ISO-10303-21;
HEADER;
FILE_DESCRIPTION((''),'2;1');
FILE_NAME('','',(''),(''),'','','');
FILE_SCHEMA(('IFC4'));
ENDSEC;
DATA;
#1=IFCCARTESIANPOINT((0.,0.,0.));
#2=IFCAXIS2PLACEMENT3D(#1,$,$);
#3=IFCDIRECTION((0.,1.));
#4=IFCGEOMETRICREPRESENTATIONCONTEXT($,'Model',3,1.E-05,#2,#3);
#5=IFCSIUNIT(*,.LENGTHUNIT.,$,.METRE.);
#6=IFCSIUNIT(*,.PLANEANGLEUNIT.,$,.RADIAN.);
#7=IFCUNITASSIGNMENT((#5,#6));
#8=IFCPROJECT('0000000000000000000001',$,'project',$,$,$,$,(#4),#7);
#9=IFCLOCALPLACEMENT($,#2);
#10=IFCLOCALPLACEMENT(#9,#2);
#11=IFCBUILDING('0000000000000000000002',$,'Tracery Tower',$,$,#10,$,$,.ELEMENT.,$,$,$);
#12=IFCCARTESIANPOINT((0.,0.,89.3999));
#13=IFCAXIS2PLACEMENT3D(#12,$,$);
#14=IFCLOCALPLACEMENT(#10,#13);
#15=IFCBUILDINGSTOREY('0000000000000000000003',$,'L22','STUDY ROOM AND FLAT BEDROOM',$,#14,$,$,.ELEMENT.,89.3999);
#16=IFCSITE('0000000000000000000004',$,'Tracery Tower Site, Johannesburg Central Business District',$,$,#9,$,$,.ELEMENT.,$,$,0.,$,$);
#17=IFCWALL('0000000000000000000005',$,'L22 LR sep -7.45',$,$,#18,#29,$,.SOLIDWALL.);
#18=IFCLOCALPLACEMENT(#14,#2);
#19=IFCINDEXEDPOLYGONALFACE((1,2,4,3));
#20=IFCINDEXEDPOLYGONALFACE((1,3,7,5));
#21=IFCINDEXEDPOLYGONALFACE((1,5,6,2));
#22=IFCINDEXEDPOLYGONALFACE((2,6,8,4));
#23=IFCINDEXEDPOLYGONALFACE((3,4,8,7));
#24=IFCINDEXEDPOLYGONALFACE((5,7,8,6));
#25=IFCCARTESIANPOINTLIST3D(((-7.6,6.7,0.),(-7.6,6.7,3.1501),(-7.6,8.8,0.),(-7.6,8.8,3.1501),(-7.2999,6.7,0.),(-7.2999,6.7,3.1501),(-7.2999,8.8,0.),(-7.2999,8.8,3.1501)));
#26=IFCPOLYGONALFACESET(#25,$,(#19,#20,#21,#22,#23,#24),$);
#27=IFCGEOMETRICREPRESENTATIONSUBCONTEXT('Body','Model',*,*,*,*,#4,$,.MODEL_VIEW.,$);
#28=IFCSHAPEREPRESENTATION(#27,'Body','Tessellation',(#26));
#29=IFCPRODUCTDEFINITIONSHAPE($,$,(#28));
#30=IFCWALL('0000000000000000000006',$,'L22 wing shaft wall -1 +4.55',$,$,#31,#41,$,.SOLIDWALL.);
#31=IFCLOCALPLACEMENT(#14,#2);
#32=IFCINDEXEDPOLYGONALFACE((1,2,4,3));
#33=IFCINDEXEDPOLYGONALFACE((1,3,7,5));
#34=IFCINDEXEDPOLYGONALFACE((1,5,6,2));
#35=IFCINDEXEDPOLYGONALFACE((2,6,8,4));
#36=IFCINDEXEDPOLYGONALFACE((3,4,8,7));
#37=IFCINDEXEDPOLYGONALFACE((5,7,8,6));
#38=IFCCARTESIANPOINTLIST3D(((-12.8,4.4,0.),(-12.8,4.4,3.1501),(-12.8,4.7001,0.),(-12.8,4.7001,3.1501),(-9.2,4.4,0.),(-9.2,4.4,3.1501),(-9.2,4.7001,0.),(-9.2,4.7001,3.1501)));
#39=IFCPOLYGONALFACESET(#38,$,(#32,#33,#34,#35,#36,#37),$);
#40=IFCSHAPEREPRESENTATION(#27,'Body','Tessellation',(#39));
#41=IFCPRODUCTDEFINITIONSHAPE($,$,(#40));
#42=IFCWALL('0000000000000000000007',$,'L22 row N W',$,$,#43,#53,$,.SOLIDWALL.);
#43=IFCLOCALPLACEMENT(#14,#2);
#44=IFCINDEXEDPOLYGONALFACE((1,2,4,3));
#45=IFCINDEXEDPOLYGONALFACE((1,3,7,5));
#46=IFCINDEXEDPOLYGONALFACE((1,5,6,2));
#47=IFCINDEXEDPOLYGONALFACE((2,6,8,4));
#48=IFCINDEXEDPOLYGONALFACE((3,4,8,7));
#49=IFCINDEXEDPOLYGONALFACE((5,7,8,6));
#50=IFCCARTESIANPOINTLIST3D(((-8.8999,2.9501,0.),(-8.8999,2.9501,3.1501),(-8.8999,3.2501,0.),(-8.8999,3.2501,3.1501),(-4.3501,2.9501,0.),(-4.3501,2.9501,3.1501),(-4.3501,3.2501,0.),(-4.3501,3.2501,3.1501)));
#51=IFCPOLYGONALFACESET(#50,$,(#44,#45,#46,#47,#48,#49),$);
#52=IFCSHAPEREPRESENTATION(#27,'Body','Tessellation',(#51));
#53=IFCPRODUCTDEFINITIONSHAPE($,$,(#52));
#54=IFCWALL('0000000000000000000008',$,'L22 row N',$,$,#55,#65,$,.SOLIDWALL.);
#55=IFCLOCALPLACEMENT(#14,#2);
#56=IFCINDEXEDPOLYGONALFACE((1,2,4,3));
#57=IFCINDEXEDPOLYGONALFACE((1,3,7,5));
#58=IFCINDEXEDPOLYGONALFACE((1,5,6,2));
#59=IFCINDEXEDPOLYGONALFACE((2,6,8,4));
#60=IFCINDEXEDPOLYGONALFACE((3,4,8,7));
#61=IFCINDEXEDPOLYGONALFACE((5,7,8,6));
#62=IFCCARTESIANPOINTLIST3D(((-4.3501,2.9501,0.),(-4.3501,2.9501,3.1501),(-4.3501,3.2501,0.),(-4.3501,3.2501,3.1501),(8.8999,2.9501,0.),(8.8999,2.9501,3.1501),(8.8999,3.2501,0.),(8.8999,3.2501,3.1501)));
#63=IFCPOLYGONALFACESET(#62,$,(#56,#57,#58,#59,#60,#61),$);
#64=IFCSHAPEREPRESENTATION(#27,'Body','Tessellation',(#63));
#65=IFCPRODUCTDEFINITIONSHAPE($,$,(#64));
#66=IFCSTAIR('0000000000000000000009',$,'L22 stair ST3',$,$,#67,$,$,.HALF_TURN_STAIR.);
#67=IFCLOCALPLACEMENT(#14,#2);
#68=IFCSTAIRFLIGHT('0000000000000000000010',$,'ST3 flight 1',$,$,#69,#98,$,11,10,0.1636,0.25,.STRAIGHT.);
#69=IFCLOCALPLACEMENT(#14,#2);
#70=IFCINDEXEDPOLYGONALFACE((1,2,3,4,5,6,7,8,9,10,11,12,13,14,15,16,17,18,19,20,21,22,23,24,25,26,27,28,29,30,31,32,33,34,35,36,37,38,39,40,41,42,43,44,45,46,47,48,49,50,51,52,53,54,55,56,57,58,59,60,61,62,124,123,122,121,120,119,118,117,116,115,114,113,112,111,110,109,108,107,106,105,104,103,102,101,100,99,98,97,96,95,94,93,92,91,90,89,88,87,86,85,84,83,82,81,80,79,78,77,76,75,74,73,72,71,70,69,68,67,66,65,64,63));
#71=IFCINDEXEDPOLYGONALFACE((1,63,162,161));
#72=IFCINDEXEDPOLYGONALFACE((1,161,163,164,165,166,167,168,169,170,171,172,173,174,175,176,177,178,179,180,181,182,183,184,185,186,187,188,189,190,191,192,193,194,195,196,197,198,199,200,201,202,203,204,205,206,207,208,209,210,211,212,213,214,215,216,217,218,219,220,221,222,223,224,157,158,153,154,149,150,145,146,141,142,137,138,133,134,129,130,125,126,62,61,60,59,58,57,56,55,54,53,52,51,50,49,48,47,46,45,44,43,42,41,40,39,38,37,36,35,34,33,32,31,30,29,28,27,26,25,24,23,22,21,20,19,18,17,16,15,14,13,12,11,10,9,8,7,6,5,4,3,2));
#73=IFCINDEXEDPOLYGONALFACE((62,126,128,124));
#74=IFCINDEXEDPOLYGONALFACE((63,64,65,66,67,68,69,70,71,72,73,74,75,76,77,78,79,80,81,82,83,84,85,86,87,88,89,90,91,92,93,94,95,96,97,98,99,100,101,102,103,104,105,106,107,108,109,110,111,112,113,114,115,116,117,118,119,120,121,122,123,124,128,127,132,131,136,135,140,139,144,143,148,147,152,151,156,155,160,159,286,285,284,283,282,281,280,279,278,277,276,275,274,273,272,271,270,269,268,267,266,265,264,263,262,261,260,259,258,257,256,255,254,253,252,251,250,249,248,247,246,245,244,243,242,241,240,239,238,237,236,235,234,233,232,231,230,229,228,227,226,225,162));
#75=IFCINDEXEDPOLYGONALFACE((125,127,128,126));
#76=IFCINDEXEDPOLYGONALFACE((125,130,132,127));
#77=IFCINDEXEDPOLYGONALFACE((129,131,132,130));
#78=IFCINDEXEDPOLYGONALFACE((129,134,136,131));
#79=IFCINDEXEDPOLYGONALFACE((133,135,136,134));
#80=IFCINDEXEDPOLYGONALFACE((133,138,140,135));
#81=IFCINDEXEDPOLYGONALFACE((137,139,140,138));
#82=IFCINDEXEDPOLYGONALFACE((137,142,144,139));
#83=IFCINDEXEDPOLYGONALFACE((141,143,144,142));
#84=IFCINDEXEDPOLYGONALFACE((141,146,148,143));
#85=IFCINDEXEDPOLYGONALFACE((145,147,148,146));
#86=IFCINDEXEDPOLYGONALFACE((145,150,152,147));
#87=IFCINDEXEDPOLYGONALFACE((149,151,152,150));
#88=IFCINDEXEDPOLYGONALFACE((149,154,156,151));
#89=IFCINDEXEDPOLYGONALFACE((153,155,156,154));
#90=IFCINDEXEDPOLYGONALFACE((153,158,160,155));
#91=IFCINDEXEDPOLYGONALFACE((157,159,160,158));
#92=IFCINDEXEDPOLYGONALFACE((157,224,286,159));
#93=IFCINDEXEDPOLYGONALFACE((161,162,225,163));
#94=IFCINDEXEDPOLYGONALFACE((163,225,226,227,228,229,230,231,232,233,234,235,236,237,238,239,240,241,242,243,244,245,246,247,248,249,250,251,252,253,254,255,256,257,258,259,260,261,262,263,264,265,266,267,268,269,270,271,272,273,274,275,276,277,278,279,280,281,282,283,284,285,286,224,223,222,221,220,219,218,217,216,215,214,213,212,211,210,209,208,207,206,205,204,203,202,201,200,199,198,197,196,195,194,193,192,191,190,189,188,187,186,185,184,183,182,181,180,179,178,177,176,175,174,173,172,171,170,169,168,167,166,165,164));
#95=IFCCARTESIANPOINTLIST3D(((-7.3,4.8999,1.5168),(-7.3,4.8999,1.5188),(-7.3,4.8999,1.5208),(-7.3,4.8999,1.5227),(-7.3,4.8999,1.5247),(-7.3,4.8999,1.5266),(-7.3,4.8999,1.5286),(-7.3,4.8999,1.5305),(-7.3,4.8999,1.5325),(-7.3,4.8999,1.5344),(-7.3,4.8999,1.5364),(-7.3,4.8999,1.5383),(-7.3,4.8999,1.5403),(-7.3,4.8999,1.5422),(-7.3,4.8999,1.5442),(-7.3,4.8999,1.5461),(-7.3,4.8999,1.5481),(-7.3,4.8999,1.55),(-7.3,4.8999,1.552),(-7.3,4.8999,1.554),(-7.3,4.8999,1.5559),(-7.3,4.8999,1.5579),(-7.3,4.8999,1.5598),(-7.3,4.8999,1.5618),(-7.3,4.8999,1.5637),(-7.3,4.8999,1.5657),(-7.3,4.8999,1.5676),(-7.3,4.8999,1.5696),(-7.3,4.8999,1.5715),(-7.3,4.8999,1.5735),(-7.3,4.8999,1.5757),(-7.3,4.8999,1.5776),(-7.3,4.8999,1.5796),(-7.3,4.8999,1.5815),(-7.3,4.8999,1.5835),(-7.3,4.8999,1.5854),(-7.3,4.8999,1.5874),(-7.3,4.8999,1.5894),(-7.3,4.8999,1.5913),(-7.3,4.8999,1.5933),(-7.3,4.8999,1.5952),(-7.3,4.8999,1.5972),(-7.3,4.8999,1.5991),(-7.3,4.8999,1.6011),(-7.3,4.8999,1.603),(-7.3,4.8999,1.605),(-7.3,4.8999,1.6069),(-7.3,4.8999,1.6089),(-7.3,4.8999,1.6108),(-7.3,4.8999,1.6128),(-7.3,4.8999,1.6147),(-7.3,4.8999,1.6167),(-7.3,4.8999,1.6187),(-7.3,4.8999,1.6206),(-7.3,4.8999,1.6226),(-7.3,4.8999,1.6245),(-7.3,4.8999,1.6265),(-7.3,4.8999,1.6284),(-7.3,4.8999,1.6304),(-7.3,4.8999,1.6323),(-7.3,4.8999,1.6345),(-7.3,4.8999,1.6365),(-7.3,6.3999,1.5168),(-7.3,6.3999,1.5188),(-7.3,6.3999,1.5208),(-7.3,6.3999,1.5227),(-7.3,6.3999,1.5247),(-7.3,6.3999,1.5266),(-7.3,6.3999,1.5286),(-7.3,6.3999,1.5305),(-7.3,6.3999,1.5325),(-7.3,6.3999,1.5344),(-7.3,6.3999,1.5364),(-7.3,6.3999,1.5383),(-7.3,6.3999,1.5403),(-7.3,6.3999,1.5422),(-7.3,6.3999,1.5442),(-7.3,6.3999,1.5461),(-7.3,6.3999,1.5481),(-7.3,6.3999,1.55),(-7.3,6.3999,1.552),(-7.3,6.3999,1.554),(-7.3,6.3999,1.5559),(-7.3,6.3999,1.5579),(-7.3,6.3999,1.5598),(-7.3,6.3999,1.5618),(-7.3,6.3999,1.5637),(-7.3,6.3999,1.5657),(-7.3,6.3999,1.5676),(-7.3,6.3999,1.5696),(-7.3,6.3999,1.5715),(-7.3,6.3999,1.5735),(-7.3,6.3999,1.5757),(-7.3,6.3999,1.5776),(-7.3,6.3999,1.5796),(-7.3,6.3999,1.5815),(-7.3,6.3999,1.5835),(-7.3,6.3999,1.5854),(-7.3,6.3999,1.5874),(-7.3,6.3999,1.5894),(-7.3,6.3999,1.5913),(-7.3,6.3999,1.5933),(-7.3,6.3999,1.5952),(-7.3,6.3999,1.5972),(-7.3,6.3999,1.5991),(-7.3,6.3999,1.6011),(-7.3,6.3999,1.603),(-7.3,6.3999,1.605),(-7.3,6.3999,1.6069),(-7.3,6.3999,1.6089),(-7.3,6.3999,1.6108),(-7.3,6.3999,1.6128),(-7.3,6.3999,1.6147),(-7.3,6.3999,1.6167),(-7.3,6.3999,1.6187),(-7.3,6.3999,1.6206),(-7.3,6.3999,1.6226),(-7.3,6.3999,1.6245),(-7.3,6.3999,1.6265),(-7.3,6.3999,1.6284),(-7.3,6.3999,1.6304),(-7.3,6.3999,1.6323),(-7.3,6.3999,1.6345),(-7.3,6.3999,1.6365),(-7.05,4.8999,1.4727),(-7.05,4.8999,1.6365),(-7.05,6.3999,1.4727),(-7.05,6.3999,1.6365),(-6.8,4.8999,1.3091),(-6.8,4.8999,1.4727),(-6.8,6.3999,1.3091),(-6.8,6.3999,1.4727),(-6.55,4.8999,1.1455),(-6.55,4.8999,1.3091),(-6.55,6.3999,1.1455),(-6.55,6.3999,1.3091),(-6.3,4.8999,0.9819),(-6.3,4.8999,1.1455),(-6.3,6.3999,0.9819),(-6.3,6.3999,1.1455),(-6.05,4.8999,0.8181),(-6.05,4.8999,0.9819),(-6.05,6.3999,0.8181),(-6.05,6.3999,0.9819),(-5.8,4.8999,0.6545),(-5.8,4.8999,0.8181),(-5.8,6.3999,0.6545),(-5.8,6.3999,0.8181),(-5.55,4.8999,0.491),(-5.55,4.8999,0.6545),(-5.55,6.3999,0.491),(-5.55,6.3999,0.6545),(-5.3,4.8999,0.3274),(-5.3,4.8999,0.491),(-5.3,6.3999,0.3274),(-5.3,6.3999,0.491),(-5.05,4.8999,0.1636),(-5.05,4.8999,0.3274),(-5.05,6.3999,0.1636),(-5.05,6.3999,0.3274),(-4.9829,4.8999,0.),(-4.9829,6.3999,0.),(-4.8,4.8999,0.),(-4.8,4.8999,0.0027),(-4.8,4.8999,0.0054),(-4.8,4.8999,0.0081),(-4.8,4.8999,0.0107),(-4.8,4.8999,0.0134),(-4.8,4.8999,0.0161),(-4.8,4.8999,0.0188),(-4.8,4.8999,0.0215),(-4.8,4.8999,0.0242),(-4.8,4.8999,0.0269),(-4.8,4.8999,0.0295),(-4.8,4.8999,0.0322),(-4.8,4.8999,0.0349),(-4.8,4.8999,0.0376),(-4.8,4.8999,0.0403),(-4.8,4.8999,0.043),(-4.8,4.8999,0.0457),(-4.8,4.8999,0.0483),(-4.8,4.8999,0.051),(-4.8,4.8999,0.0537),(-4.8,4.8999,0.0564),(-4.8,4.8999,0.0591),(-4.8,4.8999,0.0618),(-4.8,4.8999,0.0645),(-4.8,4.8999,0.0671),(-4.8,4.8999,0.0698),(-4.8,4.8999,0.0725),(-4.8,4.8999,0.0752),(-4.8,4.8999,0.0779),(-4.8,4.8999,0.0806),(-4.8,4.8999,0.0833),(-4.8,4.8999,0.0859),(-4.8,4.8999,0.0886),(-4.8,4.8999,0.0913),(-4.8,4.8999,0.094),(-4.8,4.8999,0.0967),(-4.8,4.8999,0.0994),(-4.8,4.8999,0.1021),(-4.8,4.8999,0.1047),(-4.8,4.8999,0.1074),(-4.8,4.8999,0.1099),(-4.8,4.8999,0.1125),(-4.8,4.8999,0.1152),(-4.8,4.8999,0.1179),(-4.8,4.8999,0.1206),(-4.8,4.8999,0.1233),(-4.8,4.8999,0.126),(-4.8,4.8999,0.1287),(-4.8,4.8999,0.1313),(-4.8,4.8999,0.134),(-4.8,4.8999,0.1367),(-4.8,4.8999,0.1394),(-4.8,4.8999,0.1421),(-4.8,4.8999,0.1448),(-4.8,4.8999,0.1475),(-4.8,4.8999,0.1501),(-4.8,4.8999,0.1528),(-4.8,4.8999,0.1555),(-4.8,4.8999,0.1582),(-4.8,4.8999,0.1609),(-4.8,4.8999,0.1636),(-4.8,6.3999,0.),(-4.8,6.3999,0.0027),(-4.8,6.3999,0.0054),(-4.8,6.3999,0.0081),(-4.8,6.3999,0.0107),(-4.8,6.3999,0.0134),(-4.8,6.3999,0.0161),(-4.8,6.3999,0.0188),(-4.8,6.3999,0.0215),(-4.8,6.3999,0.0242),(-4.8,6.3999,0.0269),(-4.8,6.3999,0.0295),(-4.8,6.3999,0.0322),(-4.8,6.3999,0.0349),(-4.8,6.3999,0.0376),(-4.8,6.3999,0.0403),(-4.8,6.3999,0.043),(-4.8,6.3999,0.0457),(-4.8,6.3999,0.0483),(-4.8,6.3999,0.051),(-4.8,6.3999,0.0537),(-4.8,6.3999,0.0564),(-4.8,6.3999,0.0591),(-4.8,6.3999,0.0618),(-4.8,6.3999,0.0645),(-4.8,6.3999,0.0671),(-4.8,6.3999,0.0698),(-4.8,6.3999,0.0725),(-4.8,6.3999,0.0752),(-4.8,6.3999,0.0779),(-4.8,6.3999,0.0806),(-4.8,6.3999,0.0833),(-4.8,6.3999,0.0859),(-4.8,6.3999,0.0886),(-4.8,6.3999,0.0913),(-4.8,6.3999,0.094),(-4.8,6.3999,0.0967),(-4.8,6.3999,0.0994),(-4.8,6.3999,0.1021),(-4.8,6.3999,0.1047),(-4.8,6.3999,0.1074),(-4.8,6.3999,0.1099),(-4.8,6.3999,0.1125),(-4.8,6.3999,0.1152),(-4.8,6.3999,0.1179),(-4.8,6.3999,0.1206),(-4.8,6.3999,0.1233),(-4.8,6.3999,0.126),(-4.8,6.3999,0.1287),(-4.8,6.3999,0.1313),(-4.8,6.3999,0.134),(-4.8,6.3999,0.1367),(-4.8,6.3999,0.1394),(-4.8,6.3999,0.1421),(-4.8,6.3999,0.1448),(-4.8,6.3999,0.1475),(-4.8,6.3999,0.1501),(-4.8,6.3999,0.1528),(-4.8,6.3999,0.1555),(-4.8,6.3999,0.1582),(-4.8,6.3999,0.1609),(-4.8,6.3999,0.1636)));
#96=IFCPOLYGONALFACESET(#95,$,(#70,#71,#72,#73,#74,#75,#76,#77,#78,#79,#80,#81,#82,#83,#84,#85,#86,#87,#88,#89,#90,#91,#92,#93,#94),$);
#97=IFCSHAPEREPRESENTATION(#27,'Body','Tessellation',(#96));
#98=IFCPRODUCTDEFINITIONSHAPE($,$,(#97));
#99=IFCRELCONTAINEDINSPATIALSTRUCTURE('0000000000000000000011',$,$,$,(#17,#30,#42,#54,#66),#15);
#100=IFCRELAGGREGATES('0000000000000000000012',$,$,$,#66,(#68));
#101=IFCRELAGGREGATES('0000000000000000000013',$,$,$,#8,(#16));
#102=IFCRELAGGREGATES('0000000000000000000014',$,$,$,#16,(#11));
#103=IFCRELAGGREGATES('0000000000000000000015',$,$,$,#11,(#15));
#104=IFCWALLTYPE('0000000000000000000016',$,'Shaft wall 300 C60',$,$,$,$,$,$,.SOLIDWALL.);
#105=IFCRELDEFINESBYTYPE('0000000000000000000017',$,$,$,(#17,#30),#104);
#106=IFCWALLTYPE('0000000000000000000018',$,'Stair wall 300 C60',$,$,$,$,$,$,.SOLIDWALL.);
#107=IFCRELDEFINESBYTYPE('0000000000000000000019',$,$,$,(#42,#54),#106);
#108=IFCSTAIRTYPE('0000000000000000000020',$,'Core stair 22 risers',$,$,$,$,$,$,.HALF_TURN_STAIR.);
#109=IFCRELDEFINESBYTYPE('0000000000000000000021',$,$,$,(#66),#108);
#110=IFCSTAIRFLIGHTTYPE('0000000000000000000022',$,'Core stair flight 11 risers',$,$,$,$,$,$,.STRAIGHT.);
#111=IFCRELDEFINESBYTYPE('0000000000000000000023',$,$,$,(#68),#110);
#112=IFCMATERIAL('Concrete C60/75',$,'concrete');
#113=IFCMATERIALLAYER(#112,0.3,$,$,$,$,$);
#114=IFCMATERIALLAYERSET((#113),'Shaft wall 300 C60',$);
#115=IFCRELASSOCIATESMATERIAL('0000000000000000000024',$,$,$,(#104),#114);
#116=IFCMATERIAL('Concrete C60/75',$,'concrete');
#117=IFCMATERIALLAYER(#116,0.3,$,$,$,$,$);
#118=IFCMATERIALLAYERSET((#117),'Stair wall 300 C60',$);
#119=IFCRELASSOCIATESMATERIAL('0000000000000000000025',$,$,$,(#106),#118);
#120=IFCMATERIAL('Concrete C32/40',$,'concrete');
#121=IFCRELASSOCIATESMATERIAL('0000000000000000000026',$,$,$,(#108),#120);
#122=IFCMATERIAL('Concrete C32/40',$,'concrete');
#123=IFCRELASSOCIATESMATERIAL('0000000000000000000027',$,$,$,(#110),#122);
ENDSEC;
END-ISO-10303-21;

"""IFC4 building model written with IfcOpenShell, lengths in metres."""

from ifc_helpers import new_model, si_unit, direction, frame, frame_2d, origin, place, context, subcontext, project, spatial, polyline, rectangle, outline, extrude, material, layer, layer_set, type_object, element, aggregate, save


model = new_model("IFC4")

# Units and contexts
model_context = context("Model", 3, precision=1e-05, world=origin(), true_north=direction((0.0, 1.0)))
body_context = subcontext(model_context, "Body", "Model", "MODEL_VIEW")
ifc_project = project(units=[si_unit("LENGTHUNIT", "METRE"), si_unit("PLANEANGLEUNIT", "RADIAN")], contexts=[model_context])

# Site, building, storey
site_placement = place(None, origin())
site = spatial("IfcSite", under=ifc_project, at=site_placement, Name="Tracery Tower Site, Johannesburg Central Business District", CompositionType="ELEMENT", RefElevation=0.0)
building_placement = place(site_placement, origin())
building = spatial("IfcBuilding", under=site, at=building_placement, Name="Tracery Tower", CompositionType="ELEMENT")
storey_placement = place(building_placement, frame((0.0, 0.0, 89.3999)))
storey = spatial("IfcBuildingStorey", under=building, at=storey_placement, Name="L22", Description="STUDY ROOM AND FLAT BEDROOM", CompositionType="ELEMENT", Elevation=89.3999)

# Wall
ifc_material_1 = material(Name="Concrete C60/75", Category="concrete")
ifc_layer_1 = layer(ifc_material_1, 0.3)
ifc_layer_set_1 = layer_set([ifc_layer_1], Name="Shaft wall 300 C60")
wall_type_1 = type_object("IfcWallType", Name="Shaft wall 300 C60", PredefinedType="SOLIDWALL", material=ifc_layer_set_1)
wall_1_placement = place(storey_placement, frame((-7.45, 6.7, 0.0), z_axis=(0.0, 0.0, 1.0), x_axis=(0.0, 1.0, 0.0)))
element("IfcWall", 1, at=wall_1_placement, inside=storey, type_object=wall_type_1, Name="L22 LR sep -7.45", PredefinedType="SOLIDWALL", context=body_context, shape_type="SweptSolid", body=[
    extrude(rectangle(XDim=2.1001, YDim=0.3, at=frame_2d((1.05, 0.0))), origin(), (0.0, 0.0, 1.0), 3.1501),
])

# Wall
wall_2_placement = place(storey_placement, frame((-12.8, 4.55, 0.0), z_axis=(0.0, 0.0, 1.0), x_axis=(1.0, 0.0, 0.0)))
element("IfcWall", 2, at=wall_2_placement, inside=storey, type_object=wall_type_1, Name="L22 wing shaft wall -1 +4.55", PredefinedType="SOLIDWALL", context=body_context, shape_type="SweptSolid", body=[
    extrude(rectangle(XDim=3.6001, YDim=0.3, at=frame_2d((1.8, 0.0))), origin(), (0.0, 0.0, 1.0), 3.1501),
])

# Walls
ifc_material_2 = material(Name="Concrete C60/75", Category="concrete")
ifc_layer_2 = layer(ifc_material_2, 0.3)
ifc_layer_set_2 = layer_set([ifc_layer_2], Name="Stair wall 300 C60")
wall_type_2 = type_object("IfcWallType", Name="Stair wall 300 C60", PredefinedType="SOLIDWALL", material=ifc_layer_set_2)
wall_3_placement = place(storey_placement, frame((-8.8999, 3.1001, 0.0), z_axis=(0.0, 0.0, 1.0), x_axis=(1.0, 0.0, 0.0)))
element("IfcWall", 3, at=wall_3_placement, inside=storey, type_object=wall_type_2, Name="L22 row N W", PredefinedType="SOLIDWALL", context=body_context, shape_type="SweptSolid", body=[
    extrude(rectangle(XDim=4.5498, YDim=0.3, at=frame_2d((2.2749, 0.0))), origin(), (0.0, 0.0, 1.0), 3.1501),
])
wall_4_placement = place(storey_placement, frame((-4.3501, 3.1001, 0.0), z_axis=(0.0, 0.0, 1.0), x_axis=(1.0, 0.0, 0.0)))
element("IfcWall", 4, at=wall_4_placement, inside=storey, type_object=wall_type_2, Name="L22 row N", PredefinedType="SOLIDWALL", context=body_context, shape_type="SweptSolid", body=[
    extrude(rectangle(XDim=13.25, YDim=0.3, at=frame_2d((6.625, 0.0))), origin(), (0.0, 0.0, 1.0), 3.1501),
])

# Stair, stair flight
ifc_material_3 = material(Name="Concrete C32/40", Category="concrete")
stair_type = type_object("IfcStairType", Name="Core stair 22 risers", PredefinedType="HALF_TURN_STAIR", material=ifc_material_3)
stair_placement = place(storey_placement, origin())
stair = element("IfcStair", 5, at=stair_placement, inside=storey, type_object=stair_type, Name="L22 stair ST3", PredefinedType="HALF_TURN_STAIR")
ifc_material_4 = material(Name="Concrete C32/40", Category="concrete")
stair_flight_type = type_object("IfcStairFlightType", Name="Core stair flight 11 risers", PredefinedType="STRAIGHT", material=ifc_material_4)
stair_flight_1_placement = place(storey_placement, frame((-4.8, 5.6499, 0.0), z_axis=(0.0, 0.0, 1.0), x_axis=(-1.0, 0.0, 0.0)))
stair_flight_1 = element("IfcStairFlight", 6, at=stair_flight_1_placement, type_object=stair_flight_type, Name="ST3 flight 1", NumberOfRisers=11, NumberOfTreads=10, PredefinedType="STRAIGHT", RiserHeight=0.1636, TreadLength=0.25, context=body_context, shape_type="SweptSolid", body=[
    extrude(outline(polyline([(0.0, 0.0), (0.0, 0.0027), (0.0, 0.0054), (0.0, 0.0081), (0.0, 0.0107), (0.0, 0.0134), (0.0, 0.0161), (0.0, 0.0188), (0.0, 0.0215), (0.0, 0.0242), (0.0, 0.0269), (0.0, 0.0295), (0.0, 0.0322), (0.0, 0.0349), (0.0, 0.0376), (0.0, 0.0403), (0.0, 0.043), (0.0, 0.0457), (0.0, 0.0483), (0.0, 0.051), (0.0, 0.0537), (0.0, 0.0564), (0.0, 0.0591), (0.0, 0.0618), (0.0, 0.0645), (0.0, 0.0671), (0.0, 0.0698), (0.0, 0.0725), (0.0, 0.0752), (0.0, 0.0779), (0.0, 0.0806), (0.0, 0.0833), (0.0, 0.0859), (0.0, 0.0886), (0.0, 0.0913), (0.0, 0.094), (0.0, 0.0967), (0.0, 0.0994), (0.0, 0.1021), (0.0, 0.1047), (0.0, 0.1074), (0.0, 0.1099), (0.0, 0.1125), (0.0, 0.1152), (0.0, 0.1179), (0.0, 0.1206), (0.0, 0.1233), (0.0, 0.126), (0.0, 0.1287), (0.0, 0.1313), (0.0, 0.134), (0.0, 0.1367), (0.0, 0.1394), (0.0, 0.1421), (0.0, 0.1448), (0.0, 0.1475), (0.0, 0.1501), (0.0, 0.1528), (0.0, 0.1555), (0.0, 0.1582), (0.0, 0.1609), (0.0, 0.1636), (0.25, 0.1636), (0.25, 0.3274), (0.5, 0.3274), (0.5, 0.491), (0.75, 0.491), (0.75, 0.6545), (1.0, 0.6545), (1.0, 0.8181), (1.25, 0.8181), (1.25, 0.9819), (1.5, 0.9819), (1.5, 1.1455), (1.75, 1.1455), (1.75, 1.3091), (2.0, 1.3091), (2.0, 1.4727), (2.25, 1.4727), (2.25, 1.6365), (2.5, 1.6365), (2.5, 1.6345), (2.5, 1.6323), (2.5, 1.6304), (2.5, 1.6284), (2.5, 1.6265), (2.5, 1.6245), (2.5, 1.6226), (2.5, 1.6206), (2.5, 1.6187), (2.5, 1.6167), (2.5, 1.6147), (2.5, 1.6128), (2.5, 1.6108), (2.5, 1.6089), (2.5, 1.6069), (2.5, 1.605), (2.5, 1.603), (2.5, 1.6011), (2.5, 1.5991), (2.5, 1.5972), (2.5, 1.5952), (2.5, 1.5933), (2.5, 1.5913), (2.5, 1.5894), (2.5, 1.5874), (2.5, 1.5854), (2.5, 1.5835), (2.5, 1.5815), (2.5, 1.5796), (2.5, 1.5776), (2.5, 1.5757), (2.5, 1.5735), (2.5, 1.5715), (2.5, 1.5696), (2.5, 1.5676), (2.5, 1.5657), (2.5, 1.5637), (2.5, 1.5618), (2.5, 1.5598), (2.5, 1.5579), (2.5, 1.5559), (2.5, 1.554), (2.5, 1.552), (2.5, 1.55), (2.5, 1.5481), (2.5, 1.5461), (2.5, 1.5442), (2.5, 1.5422), (2.5, 1.5403), (2.5, 1.5383), (2.5, 1.5364), (2.5, 1.5344), (2.5, 1.5325), (2.5, 1.5305), (2.5, 1.5286), (2.5, 1.5266), (2.5, 1.5247), (2.5, 1.5227), (2.5, 1.5208), (2.5, 1.5188), (2.5, 1.5168), (0.1829, 0.0), (0.0, 0.0)])), frame((0.0, 0.75, 0.0), z_axis=(0.0, -1.0, 0.0), x_axis=(1.0, 0.0, 0.0)), (0.0, 0.0, 1.0), 1.5),
])
aggregate(stair, [stair_flight_1])

save(model, "model.ifc")
